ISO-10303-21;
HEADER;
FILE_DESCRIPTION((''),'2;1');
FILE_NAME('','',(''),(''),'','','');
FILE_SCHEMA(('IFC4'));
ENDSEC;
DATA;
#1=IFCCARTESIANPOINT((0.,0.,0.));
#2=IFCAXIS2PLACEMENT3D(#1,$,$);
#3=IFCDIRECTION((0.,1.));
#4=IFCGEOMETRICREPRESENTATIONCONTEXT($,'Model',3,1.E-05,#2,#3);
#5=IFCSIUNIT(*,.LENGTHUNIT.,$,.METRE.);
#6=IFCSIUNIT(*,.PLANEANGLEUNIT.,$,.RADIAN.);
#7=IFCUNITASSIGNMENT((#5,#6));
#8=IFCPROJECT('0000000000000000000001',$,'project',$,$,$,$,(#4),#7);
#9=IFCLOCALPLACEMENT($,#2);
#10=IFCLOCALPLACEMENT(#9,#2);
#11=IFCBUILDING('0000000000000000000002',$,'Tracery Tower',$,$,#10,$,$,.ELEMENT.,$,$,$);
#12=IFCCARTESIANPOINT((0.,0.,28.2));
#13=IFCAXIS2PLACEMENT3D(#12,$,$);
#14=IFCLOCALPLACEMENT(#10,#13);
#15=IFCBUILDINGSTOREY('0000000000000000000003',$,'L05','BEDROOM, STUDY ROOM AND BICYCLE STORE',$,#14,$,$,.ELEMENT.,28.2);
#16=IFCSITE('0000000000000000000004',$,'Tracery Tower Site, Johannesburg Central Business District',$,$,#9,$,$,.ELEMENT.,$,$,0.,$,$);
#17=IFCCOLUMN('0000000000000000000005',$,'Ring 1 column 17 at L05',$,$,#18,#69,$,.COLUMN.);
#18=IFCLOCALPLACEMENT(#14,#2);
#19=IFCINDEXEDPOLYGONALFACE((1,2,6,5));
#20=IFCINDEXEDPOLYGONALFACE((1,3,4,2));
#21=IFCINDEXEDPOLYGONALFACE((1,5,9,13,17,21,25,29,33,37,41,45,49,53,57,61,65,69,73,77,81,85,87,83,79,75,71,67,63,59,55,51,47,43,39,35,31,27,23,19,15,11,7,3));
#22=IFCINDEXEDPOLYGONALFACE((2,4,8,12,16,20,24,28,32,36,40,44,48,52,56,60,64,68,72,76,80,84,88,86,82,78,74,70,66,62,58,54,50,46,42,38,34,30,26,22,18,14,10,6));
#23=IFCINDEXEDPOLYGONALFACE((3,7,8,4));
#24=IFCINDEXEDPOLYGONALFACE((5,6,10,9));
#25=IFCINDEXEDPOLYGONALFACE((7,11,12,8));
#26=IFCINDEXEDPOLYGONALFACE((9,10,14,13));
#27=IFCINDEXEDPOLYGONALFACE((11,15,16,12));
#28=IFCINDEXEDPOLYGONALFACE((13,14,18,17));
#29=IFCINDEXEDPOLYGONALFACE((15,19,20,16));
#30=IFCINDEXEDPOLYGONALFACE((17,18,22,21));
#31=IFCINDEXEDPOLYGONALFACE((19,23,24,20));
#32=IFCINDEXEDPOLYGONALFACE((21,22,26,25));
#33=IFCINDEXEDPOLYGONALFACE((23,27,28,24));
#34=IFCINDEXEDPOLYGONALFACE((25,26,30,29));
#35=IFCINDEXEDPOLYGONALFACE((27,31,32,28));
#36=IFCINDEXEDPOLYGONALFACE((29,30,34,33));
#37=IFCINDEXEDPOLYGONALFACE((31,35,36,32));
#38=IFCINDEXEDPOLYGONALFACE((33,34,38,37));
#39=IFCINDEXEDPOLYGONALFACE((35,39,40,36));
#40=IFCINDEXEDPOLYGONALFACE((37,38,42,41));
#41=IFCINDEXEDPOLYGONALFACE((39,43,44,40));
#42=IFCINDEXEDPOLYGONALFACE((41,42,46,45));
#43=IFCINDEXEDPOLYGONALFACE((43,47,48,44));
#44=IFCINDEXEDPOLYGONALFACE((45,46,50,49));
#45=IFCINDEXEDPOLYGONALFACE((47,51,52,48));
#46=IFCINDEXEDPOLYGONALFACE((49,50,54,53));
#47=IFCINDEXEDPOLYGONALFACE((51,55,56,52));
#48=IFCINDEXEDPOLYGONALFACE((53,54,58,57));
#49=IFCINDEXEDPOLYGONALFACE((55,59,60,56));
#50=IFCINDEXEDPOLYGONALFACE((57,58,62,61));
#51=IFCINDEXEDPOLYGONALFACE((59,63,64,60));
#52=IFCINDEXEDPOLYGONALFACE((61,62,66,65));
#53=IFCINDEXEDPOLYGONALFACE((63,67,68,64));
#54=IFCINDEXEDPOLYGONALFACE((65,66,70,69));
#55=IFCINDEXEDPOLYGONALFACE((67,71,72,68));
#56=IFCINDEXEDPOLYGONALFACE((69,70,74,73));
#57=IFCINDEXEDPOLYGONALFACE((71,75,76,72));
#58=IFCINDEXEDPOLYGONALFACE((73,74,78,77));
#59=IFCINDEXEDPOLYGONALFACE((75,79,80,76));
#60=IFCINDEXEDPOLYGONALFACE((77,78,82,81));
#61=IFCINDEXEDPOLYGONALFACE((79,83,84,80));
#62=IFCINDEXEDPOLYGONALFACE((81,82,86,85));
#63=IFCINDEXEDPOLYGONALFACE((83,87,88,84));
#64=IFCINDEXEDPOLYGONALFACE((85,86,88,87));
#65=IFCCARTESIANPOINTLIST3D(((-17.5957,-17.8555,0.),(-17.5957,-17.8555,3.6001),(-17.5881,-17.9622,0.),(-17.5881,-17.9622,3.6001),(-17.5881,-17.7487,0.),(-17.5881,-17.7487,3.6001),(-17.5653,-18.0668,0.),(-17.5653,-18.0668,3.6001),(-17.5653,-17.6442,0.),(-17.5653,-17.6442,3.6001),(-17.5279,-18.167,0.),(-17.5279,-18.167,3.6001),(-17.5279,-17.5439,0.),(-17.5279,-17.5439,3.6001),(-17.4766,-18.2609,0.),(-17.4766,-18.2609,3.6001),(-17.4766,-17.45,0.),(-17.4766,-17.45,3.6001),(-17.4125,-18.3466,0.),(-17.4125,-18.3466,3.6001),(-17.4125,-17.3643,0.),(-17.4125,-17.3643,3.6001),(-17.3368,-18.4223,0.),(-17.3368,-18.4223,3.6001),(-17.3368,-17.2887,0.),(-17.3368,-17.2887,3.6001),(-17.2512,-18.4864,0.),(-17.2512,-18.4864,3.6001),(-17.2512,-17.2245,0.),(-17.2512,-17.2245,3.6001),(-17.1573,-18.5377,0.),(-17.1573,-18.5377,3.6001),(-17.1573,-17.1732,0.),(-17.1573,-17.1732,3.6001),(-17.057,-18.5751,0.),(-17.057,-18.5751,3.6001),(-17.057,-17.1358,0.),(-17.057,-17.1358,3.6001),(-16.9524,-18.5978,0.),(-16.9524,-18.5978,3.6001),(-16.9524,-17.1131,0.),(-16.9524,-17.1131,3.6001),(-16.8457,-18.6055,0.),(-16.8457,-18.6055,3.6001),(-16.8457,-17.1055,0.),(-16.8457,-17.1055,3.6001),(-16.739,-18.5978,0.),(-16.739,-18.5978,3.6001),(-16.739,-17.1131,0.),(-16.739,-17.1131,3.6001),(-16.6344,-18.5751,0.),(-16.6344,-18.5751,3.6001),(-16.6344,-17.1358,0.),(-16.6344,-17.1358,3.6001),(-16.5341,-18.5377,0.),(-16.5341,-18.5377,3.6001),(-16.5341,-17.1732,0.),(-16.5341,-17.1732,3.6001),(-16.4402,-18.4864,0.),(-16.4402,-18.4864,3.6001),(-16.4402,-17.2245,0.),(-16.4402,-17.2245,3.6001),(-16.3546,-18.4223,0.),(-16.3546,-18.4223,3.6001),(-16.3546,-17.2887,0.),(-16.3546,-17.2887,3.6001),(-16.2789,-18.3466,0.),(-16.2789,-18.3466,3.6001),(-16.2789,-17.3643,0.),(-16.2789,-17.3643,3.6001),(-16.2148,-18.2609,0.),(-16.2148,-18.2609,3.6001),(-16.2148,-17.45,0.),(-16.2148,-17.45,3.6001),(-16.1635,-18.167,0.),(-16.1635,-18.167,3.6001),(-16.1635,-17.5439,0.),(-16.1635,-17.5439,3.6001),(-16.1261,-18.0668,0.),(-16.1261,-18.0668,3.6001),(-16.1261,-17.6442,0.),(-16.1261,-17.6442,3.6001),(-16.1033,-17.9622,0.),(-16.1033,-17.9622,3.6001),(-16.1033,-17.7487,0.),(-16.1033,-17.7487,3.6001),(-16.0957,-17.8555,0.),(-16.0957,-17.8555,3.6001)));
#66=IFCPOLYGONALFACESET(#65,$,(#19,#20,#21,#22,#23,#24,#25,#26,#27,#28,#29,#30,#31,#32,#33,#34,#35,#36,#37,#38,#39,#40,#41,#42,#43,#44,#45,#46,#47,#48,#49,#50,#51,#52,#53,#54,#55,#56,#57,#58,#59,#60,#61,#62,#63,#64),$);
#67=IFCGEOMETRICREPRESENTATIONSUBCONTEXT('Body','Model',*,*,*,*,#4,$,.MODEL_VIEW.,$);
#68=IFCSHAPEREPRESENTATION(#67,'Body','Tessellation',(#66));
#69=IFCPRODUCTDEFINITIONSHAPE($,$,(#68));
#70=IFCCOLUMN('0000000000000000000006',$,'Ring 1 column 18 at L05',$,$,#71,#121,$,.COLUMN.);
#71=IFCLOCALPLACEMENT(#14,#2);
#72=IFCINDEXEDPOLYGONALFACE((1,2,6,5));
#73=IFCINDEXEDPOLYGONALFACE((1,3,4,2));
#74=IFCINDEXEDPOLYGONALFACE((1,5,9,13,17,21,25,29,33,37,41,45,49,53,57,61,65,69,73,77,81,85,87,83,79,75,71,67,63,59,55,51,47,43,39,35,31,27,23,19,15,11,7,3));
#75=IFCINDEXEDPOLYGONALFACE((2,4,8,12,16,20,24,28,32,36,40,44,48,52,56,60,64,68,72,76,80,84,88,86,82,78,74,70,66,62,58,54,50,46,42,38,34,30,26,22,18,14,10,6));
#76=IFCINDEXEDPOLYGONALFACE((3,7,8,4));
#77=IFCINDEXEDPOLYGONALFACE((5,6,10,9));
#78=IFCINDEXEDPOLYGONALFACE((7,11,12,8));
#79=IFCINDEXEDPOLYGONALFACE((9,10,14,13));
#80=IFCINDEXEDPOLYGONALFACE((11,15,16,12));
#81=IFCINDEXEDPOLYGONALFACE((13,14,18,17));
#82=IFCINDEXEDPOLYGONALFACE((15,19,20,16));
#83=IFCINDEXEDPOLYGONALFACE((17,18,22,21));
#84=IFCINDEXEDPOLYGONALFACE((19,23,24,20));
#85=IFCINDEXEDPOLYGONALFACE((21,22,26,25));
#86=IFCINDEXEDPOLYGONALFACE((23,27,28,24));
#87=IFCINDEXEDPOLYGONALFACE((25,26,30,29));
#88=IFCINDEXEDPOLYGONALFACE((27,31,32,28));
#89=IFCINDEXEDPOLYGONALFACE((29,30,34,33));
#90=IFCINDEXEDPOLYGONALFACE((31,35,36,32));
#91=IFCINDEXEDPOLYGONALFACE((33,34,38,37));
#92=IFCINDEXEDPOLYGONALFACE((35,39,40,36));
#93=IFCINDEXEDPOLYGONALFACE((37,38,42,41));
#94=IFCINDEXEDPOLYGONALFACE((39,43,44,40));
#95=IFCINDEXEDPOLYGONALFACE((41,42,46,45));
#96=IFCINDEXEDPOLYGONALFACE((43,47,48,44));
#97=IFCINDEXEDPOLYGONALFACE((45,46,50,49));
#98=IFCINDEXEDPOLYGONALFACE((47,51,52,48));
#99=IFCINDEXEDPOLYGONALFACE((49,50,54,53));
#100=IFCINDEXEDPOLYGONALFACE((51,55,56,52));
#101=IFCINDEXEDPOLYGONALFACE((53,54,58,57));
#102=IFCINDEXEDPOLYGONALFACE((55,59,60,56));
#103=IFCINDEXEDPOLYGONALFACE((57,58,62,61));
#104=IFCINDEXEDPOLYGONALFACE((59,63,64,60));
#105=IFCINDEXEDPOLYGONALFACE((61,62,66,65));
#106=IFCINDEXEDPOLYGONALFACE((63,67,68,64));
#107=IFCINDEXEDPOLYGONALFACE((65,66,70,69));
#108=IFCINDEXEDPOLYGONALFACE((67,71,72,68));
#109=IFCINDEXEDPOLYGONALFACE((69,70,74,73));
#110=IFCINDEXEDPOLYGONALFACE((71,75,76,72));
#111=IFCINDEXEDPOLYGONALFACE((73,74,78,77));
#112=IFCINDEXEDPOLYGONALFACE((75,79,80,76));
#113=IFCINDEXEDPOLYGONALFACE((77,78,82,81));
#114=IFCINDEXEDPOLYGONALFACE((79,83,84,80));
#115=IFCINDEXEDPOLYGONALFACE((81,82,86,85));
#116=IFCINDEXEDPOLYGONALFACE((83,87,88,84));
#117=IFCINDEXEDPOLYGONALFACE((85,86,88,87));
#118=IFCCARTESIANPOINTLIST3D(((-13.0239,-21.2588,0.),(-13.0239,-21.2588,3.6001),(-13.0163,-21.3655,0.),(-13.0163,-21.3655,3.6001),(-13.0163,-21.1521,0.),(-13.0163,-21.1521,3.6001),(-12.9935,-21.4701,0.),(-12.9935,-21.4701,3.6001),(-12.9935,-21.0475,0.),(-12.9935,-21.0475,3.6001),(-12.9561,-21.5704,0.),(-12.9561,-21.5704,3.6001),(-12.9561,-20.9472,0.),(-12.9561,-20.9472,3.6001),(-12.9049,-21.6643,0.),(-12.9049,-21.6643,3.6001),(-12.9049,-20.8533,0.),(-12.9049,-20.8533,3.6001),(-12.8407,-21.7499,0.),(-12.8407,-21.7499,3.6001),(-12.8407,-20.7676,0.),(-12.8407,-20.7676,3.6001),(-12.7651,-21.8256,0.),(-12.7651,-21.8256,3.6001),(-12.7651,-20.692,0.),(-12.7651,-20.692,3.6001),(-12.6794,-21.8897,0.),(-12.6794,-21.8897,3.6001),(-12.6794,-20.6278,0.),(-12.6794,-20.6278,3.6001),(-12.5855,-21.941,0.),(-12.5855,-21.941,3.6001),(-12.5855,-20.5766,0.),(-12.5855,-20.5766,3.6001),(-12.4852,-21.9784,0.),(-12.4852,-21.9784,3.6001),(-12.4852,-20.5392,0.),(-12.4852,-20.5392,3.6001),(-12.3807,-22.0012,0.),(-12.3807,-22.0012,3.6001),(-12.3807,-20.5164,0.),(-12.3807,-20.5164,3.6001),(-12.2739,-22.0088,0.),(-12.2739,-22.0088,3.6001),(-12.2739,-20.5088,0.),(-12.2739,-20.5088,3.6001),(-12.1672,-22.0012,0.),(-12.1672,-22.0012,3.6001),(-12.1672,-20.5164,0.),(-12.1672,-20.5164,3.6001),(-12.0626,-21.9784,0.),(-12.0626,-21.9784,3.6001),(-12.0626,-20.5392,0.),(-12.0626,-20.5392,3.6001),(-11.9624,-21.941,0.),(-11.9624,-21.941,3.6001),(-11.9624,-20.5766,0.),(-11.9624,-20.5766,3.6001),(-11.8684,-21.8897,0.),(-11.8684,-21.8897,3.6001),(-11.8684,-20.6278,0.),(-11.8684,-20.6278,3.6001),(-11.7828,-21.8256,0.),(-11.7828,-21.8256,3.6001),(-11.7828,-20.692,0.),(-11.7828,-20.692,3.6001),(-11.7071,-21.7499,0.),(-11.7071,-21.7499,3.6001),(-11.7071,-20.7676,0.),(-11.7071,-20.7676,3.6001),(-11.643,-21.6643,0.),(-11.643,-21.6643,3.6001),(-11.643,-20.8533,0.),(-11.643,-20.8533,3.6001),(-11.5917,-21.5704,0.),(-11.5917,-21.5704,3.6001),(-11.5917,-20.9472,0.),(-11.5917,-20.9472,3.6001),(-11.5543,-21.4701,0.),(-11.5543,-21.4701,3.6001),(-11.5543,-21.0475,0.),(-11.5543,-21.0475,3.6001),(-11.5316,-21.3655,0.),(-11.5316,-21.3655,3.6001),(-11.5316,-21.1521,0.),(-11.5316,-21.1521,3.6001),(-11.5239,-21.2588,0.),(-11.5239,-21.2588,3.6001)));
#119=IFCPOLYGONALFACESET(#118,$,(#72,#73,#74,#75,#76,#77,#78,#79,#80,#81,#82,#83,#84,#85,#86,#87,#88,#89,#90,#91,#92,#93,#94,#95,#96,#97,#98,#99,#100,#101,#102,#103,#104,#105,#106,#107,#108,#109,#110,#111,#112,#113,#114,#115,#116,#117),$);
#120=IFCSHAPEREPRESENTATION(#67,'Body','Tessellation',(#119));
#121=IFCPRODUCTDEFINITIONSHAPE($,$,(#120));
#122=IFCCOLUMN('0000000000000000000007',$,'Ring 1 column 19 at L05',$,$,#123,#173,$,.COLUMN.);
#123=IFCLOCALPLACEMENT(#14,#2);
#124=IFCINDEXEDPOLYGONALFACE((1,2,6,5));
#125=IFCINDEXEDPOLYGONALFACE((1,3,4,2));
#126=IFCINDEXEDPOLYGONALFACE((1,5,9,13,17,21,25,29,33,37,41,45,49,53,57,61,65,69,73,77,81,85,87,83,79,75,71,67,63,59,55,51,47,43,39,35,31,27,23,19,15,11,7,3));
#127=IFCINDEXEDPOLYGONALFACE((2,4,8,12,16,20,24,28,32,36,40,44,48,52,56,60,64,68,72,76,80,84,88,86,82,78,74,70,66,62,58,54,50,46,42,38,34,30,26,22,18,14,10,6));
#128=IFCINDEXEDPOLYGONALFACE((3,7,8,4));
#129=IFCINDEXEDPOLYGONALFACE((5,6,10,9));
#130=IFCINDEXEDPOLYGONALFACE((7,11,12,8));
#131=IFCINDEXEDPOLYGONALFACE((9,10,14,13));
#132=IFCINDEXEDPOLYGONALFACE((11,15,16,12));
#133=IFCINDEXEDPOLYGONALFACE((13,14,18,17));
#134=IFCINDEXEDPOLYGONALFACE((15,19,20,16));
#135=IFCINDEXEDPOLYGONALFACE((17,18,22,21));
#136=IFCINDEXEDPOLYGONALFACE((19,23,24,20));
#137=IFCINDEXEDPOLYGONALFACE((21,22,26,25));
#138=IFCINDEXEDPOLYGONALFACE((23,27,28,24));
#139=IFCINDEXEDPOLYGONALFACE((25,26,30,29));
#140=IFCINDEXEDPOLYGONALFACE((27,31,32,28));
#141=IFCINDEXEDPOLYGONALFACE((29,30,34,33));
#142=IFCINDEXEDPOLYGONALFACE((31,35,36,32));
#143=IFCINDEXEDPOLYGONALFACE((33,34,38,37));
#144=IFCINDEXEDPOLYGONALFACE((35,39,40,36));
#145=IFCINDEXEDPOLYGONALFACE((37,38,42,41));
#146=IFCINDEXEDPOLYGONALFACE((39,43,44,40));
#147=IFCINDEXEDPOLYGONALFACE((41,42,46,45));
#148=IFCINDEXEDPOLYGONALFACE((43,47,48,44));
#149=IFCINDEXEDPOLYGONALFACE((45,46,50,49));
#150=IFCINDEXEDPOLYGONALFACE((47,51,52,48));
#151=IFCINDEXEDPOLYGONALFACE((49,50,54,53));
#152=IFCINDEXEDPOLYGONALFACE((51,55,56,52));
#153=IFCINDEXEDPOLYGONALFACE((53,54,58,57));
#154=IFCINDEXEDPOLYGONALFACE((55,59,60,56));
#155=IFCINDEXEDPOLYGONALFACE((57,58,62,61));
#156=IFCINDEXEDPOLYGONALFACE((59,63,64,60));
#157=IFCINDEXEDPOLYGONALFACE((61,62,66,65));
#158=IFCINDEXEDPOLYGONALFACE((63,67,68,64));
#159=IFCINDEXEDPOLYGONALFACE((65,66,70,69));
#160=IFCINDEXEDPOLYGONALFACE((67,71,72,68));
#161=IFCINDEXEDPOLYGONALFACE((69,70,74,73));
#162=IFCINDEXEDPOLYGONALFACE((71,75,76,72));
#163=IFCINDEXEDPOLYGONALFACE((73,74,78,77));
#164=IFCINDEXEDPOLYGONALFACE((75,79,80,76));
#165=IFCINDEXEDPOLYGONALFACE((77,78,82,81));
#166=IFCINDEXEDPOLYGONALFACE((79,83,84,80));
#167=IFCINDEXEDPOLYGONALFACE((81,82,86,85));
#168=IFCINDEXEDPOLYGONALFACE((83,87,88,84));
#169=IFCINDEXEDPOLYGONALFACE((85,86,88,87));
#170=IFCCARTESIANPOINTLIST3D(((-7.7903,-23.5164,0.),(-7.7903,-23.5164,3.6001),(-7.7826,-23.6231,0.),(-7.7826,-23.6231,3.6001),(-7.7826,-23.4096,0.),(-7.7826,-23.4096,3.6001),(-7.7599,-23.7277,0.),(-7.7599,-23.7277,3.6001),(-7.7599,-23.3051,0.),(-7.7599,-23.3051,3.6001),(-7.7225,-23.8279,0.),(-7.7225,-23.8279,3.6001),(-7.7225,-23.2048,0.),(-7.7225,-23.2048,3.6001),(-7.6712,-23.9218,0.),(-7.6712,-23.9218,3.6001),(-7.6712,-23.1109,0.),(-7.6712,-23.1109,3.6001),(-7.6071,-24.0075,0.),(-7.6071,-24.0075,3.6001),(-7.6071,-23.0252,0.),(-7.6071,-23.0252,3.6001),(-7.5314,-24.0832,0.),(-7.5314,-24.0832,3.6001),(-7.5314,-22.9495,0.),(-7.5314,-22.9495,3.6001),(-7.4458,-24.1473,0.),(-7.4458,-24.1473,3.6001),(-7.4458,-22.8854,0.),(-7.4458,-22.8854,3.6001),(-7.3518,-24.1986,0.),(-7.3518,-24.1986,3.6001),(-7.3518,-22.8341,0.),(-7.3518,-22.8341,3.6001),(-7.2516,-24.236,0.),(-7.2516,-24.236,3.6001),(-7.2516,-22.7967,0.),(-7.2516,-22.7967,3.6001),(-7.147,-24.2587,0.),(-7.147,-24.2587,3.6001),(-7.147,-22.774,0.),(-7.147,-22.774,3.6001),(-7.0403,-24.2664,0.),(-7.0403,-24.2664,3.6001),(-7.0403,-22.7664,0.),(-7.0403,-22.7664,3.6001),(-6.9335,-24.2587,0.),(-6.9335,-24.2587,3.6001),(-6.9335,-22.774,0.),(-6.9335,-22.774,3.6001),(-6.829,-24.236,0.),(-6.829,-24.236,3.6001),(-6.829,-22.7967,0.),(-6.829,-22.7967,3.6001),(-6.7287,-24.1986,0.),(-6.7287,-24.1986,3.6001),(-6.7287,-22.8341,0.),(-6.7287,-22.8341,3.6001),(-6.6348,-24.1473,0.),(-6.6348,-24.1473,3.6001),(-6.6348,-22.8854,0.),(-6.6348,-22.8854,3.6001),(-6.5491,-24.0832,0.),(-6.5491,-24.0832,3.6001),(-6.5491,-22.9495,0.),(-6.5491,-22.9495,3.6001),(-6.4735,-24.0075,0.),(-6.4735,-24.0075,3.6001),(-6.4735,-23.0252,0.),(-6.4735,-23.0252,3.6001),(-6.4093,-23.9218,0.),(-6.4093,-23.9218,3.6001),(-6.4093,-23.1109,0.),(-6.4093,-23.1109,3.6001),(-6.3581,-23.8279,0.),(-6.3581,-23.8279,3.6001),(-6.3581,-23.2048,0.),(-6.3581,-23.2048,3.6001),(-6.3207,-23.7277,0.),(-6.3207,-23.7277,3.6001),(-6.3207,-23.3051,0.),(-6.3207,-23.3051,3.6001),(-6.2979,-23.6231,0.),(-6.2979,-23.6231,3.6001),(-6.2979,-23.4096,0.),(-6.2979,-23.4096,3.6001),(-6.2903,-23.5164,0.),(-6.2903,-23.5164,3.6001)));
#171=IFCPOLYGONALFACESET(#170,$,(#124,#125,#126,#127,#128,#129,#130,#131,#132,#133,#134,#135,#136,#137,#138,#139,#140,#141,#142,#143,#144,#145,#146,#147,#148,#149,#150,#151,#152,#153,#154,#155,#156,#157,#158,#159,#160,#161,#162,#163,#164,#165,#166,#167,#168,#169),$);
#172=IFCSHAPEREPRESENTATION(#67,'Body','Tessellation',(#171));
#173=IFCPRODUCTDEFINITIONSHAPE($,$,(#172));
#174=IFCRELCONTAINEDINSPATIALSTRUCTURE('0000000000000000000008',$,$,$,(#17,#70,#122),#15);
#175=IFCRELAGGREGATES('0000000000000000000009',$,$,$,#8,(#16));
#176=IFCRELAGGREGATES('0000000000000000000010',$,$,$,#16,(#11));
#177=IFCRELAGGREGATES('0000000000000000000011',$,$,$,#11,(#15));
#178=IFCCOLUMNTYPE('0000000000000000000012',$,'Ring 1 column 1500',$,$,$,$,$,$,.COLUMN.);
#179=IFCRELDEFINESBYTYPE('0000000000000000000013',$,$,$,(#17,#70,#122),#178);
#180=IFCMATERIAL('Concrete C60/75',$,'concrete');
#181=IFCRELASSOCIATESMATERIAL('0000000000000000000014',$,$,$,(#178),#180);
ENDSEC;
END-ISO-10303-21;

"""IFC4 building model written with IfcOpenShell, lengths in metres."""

from ifc_helpers import new_model, si_unit, direction, frame, origin, origin_2d, place, context, subcontext, project, spatial, circle, extrude, material, material_profile, profile_set, type_object, element, save


model = new_model("IFC4")

# Units and contexts
model_context = context("Model", 3, precision=1e-05, world=origin(), true_north=direction((0.0, 1.0)))
body_context = subcontext(model_context, "Body", "Model", "MODEL_VIEW")
ifc_project = project(units=[si_unit("LENGTHUNIT", "METRE"), si_unit("PLANEANGLEUNIT", "RADIAN")], contexts=[model_context])

# Site, building, storey
site_placement = place(None, origin())
site = spatial("IfcSite", under=ifc_project, at=site_placement, Name="Tracery Tower Site, Johannesburg Central Business District", CompositionType="ELEMENT", RefElevation=0.0)
building_placement = place(site_placement, origin())
building = spatial("IfcBuilding", under=site, at=building_placement, Name="Tracery Tower", CompositionType="ELEMENT")
storey_placement = place(building_placement, frame((0.0, 0.0, 28.2)))
storey = spatial("IfcBuildingStorey", under=building, at=storey_placement, Name="L05", Description="BEDROOM, STUDY ROOM AND BICYCLE STORE", CompositionType="ELEMENT", Elevation=28.2)

# Columns
ifc_material_1 = material(Name="Concrete C60/75", Category="concrete")
ifc_material_profile_1 = material_profile(ifc_material_1, circle(Radius=0.75, at=origin_2d()), Name="RC D1500")
ifc_profile_set_1 = profile_set([ifc_material_profile_1], Name="Concrete C60/75")
column_type_1 = type_object("IfcColumnType", Name="Ring 1 column 1500", PredefinedType="COLUMN", material=ifc_profile_set_1)
for number, where, z_axis, x_axis, name in (
    (1, (-16.8457, -17.8555, 0.0), (0.0, 0.0, 1.0), (1.0, 0.0, 0.0), "Ring 1 column 17 at L05"),
    (2, (-12.2739, -21.2588, 0.0), (0.0, 0.0, 1.0), (1.0, 0.0, 0.0), "Ring 1 column 18 at L05"),
    (3, (-7.0403, -23.5164, 0.0), (0.0, 0.0, 1.0), (1.0, 0.0, 0.0), "Ring 1 column 19 at L05"),
):
    element("IfcColumn", number, at=place(storey_placement, frame(where, z_axis=z_axis, x_axis=x_axis)), inside=storey, type_object=column_type_1, Name=name, PredefinedType="COLUMN", context=body_context, shape_type="SweptSolid", body=[
        extrude(circle(Radius=0.75, at=origin_2d()), origin(), (0.0, 0.0, 1.0), 3.6001),
    ])

save(model, "model.ifc")
